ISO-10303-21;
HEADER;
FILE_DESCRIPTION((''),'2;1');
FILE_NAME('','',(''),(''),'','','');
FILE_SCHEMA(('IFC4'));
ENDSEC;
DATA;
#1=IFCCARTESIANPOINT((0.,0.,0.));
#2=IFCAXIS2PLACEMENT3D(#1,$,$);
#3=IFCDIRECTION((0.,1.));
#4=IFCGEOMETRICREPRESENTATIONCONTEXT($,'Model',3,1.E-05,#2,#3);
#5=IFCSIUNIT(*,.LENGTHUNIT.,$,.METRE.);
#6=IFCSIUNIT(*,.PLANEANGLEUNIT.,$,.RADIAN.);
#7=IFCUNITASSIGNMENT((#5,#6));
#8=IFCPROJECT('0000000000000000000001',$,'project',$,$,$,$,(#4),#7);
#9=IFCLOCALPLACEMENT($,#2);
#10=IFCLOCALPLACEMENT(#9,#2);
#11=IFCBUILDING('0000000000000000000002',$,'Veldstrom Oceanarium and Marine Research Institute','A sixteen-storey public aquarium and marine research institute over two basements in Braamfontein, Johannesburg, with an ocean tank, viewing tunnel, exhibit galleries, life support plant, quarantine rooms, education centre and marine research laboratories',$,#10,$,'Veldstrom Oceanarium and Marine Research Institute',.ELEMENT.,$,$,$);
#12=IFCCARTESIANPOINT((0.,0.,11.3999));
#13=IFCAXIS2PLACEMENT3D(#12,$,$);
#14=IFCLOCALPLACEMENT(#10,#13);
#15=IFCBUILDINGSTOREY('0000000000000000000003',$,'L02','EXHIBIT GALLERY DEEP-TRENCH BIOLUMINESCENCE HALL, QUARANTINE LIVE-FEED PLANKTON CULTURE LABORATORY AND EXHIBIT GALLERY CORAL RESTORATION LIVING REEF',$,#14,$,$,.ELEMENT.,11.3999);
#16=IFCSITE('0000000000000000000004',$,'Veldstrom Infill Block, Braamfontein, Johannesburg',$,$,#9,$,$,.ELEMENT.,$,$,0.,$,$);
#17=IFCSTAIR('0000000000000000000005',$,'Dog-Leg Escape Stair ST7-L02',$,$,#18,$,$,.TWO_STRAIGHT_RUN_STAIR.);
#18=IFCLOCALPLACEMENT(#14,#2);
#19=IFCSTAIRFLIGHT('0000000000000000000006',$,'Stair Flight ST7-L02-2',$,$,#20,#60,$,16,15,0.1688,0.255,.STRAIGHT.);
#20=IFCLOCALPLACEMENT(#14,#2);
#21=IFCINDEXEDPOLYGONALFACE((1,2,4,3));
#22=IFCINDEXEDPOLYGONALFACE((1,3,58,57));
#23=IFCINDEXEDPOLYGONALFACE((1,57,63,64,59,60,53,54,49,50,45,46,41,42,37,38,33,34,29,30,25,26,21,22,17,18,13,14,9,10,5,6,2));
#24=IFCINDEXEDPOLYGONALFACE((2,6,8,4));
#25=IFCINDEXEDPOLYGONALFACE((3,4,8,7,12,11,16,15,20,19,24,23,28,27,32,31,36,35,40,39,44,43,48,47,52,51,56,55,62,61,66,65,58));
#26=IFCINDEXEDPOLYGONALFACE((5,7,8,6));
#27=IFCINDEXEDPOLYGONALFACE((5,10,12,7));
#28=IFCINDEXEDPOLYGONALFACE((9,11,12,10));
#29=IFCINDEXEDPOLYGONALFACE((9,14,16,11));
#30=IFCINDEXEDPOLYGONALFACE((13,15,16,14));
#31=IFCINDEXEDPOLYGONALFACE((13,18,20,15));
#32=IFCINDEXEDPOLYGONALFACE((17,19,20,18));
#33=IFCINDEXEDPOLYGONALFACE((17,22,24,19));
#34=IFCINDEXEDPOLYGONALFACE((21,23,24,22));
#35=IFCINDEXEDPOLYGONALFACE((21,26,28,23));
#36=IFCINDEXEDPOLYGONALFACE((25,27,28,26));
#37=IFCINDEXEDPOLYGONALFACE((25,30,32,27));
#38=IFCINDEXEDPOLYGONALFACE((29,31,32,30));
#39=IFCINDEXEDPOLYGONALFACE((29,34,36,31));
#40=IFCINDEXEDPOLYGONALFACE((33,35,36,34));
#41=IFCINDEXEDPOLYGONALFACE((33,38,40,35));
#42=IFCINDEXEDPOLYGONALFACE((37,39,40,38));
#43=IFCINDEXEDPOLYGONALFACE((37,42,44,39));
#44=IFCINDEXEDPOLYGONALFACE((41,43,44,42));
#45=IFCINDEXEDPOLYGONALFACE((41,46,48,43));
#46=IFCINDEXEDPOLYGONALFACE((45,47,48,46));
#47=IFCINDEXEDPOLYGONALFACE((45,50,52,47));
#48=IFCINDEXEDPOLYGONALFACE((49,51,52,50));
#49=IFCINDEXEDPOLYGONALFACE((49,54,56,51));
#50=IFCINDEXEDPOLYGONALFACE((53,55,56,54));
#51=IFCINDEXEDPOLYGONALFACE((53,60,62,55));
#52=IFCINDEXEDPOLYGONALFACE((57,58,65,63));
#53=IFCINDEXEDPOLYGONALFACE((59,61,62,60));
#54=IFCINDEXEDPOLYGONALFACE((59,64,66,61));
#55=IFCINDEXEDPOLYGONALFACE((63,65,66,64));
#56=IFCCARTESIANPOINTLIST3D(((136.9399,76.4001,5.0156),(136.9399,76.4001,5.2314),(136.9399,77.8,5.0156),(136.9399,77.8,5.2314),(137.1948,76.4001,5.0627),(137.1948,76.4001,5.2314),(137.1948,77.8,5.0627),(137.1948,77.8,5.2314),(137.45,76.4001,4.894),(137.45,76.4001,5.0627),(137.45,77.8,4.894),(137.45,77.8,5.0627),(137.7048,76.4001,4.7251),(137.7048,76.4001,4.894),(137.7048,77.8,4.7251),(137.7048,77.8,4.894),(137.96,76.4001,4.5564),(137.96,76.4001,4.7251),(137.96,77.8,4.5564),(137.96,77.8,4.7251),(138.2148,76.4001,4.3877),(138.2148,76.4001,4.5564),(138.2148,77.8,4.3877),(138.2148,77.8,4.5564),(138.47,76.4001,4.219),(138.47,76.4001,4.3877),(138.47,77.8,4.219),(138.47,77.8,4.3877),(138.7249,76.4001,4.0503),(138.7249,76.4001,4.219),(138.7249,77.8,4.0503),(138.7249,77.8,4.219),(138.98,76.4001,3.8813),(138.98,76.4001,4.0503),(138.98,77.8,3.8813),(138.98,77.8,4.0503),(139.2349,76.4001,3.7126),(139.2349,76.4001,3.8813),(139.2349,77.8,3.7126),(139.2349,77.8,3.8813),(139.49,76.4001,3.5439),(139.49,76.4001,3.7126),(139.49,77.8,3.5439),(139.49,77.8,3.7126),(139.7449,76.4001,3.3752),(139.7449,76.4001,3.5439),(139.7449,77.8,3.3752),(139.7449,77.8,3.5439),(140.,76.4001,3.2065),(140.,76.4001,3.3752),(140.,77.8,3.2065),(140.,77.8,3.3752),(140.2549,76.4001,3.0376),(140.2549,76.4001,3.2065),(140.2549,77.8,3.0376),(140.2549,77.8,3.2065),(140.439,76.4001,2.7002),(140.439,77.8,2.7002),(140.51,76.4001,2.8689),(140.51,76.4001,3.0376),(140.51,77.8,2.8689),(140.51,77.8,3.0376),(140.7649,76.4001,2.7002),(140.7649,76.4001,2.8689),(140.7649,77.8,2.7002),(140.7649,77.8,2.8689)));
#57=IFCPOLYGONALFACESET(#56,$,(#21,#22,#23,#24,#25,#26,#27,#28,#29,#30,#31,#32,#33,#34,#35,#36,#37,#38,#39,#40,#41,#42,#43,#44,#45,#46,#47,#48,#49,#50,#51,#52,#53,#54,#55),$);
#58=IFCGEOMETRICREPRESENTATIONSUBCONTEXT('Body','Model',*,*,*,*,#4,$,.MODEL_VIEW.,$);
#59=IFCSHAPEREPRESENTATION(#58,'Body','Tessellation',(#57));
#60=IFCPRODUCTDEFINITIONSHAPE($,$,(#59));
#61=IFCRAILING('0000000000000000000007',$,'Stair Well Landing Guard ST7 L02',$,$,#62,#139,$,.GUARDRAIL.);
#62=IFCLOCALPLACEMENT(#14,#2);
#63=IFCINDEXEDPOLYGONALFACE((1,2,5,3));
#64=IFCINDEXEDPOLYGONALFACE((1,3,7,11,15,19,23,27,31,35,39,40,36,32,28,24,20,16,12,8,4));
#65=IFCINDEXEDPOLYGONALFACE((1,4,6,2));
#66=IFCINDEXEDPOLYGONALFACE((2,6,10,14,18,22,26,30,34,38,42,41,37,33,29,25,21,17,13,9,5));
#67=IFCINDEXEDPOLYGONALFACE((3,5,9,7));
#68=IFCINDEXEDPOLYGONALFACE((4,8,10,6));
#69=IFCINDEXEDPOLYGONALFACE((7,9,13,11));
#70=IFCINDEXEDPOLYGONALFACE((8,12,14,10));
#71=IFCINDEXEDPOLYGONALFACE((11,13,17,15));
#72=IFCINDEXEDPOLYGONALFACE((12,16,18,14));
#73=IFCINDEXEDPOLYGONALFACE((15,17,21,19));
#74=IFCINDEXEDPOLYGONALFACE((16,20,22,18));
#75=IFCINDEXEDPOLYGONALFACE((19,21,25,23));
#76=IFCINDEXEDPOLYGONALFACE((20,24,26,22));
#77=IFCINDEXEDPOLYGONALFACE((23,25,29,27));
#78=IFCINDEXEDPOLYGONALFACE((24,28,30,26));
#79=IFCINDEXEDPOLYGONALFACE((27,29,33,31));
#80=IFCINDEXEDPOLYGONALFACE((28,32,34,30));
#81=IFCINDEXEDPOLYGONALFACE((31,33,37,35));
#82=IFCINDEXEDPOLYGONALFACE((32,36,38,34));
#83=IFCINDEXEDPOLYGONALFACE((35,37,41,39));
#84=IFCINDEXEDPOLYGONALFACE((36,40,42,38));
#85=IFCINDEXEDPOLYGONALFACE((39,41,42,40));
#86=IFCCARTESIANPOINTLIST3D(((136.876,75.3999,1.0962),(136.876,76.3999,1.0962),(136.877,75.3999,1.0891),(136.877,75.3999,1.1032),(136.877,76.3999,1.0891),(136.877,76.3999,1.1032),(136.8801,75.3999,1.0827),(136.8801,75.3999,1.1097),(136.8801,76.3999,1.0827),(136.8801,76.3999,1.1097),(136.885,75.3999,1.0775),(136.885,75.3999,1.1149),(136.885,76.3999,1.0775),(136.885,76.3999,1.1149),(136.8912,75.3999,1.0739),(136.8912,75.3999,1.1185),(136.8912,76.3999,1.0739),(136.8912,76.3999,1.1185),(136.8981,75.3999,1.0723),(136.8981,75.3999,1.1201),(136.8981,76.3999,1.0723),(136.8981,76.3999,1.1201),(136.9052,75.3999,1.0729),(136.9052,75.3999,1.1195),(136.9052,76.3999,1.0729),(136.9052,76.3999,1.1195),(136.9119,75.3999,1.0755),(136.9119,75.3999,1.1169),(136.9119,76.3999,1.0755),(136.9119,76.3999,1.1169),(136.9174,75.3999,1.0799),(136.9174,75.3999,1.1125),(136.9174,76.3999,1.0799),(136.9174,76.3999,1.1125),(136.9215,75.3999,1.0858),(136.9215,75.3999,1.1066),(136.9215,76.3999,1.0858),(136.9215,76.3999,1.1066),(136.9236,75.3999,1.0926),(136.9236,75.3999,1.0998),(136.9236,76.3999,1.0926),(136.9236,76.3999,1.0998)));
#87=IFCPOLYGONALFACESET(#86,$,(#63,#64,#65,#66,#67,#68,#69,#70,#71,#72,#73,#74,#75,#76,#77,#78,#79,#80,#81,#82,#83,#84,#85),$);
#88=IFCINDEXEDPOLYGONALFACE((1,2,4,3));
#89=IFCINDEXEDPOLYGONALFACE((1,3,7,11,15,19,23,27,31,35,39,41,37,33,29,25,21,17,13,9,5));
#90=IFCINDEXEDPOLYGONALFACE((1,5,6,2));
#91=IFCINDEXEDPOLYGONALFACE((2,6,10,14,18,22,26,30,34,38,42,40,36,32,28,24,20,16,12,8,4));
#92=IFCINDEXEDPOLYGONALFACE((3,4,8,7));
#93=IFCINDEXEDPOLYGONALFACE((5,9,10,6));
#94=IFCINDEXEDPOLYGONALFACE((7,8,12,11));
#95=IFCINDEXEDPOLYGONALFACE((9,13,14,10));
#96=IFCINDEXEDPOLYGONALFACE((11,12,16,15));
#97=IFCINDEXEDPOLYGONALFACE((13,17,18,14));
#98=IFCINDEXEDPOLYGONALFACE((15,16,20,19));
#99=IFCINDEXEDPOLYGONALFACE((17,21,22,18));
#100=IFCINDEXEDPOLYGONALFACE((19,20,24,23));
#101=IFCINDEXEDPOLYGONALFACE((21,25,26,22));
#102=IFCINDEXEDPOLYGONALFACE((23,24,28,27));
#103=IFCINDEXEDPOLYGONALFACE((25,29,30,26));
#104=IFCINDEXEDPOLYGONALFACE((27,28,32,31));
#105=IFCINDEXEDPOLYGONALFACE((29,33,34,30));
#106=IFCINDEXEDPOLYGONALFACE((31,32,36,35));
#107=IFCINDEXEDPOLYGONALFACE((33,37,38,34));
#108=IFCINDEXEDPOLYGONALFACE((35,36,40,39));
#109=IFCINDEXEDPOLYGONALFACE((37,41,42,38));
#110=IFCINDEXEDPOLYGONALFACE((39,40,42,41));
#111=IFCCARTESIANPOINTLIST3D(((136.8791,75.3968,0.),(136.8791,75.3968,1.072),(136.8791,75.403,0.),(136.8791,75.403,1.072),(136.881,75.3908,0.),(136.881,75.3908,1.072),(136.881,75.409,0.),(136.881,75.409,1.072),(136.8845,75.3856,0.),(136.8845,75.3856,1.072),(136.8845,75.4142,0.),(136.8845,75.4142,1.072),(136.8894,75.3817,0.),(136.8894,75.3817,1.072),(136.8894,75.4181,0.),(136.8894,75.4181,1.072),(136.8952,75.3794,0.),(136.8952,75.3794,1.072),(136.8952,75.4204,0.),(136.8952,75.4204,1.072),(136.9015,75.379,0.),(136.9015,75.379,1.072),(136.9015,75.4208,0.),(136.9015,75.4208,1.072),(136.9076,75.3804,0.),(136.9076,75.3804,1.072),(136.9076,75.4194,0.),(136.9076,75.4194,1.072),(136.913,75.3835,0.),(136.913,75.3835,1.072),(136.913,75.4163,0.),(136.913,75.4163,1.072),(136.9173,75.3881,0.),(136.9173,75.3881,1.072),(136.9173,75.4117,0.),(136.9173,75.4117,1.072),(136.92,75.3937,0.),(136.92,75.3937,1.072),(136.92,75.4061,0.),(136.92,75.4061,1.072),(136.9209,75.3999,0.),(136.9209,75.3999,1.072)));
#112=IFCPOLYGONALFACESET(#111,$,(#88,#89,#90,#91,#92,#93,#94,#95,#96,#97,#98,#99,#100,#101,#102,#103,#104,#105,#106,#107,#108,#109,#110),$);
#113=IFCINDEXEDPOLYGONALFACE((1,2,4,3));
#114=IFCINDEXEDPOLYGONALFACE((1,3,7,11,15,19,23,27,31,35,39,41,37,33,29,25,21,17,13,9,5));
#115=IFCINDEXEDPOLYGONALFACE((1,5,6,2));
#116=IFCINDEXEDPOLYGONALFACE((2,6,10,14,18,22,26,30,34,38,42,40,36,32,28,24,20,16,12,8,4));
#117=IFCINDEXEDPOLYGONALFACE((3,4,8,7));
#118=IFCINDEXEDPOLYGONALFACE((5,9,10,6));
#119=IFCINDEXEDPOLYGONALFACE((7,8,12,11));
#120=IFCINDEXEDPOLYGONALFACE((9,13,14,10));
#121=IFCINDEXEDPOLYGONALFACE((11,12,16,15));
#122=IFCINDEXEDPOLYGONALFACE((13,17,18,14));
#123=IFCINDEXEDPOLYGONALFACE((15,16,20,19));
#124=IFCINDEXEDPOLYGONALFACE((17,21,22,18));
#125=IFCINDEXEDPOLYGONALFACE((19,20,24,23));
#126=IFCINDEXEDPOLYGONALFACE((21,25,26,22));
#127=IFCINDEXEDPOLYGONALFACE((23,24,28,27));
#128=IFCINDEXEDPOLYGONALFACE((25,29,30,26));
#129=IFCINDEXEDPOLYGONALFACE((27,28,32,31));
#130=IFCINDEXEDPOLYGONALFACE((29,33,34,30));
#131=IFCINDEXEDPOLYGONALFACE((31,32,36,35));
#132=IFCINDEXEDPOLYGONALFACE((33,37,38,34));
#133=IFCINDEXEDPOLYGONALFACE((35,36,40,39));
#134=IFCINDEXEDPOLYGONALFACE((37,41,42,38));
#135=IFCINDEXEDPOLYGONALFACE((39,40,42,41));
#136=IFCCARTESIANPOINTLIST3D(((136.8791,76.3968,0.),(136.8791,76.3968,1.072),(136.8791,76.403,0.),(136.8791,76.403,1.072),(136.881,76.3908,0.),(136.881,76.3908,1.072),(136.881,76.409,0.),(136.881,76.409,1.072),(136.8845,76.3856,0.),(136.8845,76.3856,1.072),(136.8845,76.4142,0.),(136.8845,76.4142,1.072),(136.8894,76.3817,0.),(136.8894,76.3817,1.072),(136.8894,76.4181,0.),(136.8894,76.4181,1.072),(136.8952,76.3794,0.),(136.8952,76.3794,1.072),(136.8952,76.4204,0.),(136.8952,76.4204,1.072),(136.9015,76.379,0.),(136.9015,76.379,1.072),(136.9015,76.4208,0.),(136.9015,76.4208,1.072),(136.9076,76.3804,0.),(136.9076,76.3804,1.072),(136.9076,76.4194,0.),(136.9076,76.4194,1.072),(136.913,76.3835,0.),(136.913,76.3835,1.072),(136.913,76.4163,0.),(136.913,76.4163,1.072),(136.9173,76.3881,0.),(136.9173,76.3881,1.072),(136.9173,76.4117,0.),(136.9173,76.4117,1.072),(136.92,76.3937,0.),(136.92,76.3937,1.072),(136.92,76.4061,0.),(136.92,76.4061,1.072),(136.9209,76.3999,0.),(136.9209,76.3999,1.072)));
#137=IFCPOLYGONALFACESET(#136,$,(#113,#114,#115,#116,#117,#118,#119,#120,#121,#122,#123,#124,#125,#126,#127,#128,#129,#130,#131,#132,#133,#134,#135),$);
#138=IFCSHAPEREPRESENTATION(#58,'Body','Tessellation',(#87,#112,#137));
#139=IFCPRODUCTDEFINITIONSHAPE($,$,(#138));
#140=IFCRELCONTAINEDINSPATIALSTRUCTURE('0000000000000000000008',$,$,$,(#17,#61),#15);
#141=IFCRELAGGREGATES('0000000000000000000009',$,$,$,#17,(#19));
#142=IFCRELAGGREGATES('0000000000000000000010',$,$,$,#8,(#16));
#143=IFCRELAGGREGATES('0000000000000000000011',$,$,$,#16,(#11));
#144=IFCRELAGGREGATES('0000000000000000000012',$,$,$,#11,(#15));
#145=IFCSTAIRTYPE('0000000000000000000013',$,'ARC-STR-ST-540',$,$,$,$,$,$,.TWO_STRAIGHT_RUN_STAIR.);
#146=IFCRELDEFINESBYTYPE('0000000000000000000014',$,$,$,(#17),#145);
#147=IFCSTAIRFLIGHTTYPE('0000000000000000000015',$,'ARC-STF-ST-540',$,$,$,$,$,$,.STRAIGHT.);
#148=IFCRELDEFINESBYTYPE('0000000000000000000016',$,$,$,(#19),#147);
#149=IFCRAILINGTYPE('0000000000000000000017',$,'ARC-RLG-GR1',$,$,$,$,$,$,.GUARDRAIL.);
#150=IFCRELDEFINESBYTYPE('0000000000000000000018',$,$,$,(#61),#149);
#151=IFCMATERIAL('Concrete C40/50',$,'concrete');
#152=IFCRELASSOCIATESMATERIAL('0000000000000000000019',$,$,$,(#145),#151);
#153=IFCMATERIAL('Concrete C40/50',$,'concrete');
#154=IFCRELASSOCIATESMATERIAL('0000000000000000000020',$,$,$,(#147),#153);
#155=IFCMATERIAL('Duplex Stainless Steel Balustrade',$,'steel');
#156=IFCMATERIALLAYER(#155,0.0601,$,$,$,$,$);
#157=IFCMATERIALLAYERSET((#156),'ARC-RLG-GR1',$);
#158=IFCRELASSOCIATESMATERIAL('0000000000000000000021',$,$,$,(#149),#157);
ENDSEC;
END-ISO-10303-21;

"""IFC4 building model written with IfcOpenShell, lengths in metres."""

from ifc_helpers import new_model, si_unit, direction, frame, origin, origin_2d, place, context, subcontext, project, spatial, polyline, circle, outline, extrude, material, layer, layer_set, type_object, element, aggregate, save


model = new_model("IFC4")

# Units and contexts
model_context = context("Model", 3, precision=1e-05, world=origin(), true_north=direction((0.0, 1.0)))
body_context = subcontext(model_context, "Body", "Model", "MODEL_VIEW")
ifc_project = project(units=[si_unit("LENGTHUNIT", "METRE"), si_unit("PLANEANGLEUNIT", "RADIAN")], contexts=[model_context])

# Site, building, storey
site_placement = place(None, origin())
site = spatial("IfcSite", under=ifc_project, at=site_placement, Name="Veldstrom Infill Block, Braamfontein, Johannesburg", CompositionType="ELEMENT", RefElevation=0.0)
building_placement = place(site_placement, origin())
building = spatial("IfcBuilding", under=site, at=building_placement, Name="Veldstrom Oceanarium and Marine Research Institute", Description="A sixteen-storey public aquarium and marine research institute over two basements in Braamfontein, Johannesburg, with an ocean tank, viewing tunnel, exhibit galleries, life support plant, quarantine rooms, education centre and marine research laboratories", LongName="Veldstrom Oceanarium and Marine Research Institute", CompositionType="ELEMENT")
storey_placement = place(building_placement, frame((0.0, 0.0, 11.3999)))
storey = spatial("IfcBuildingStorey", under=building, at=storey_placement, Name="L02", Description="EXHIBIT GALLERY DEEP-TRENCH BIOLUMINESCENCE HALL, QUARANTINE LIVE-FEED PLANKTON CULTURE LABORATORY AND EXHIBIT GALLERY CORAL RESTORATION LIVING REEF", CompositionType="ELEMENT", Elevation=11.3999)

# Stair, stair flight
ifc_material_1 = material(Name="Concrete C40/50", Category="concrete")
stair_type = type_object("IfcStairType", Name="ARC-STR-ST-540", PredefinedType="TWO_STRAIGHT_RUN_STAIR", material=ifc_material_1)
stair_placement = place(storey_placement, origin())
stair = element("IfcStair", 1, at=stair_placement, inside=storey, type_object=stair_type, Name="Dog-Leg Escape Stair ST7-L02", PredefinedType="TWO_STRAIGHT_RUN_STAIR")
ifc_material_2 = material(Name="Concrete C40/50", Category="concrete")
stair_flight_type = type_object("IfcStairFlightType", Name="ARC-STF-ST-540", PredefinedType="STRAIGHT", material=ifc_material_2)
stair_flight_1_placement = place(storey_placement, frame((140.7649, 77.1001, 2.7002), z_axis=(0.0, 0.0, 1.0), x_axis=(-1.0, 0.0, 0.0)))
stair_flight_1 = element("IfcStairFlight", 2, at=stair_flight_1_placement, type_object=stair_flight_type, Name="Stair Flight ST7-L02-2", NumberOfRisers=16, NumberOfTreads=15, PredefinedType="STRAIGHT", RiserHeight=0.1688, TreadLength=0.255, context=body_context, shape_type="SweptSolid", body=[
    extrude(outline(polyline([(0.0, 0.0), (0.0, 0.1687), (0.2549, 0.1687), (0.2549, 0.3374), (0.51, 0.3374), (0.51, 0.5063), (0.7649, 0.5063), (0.7649, 0.675), (1.02, 0.675), (1.02, 0.8438), (1.2749, 0.8438), (1.2749, 1.0125), (1.53, 1.0125), (1.53, 1.1812), (1.7849, 1.1812), (1.7849, 1.3501), (2.04, 1.3501), (2.04, 1.5188), (2.2949, 1.5188), (2.2949, 1.6875), (2.55, 1.6875), (2.55, 1.8562), (2.8049, 1.8562), (2.8049, 2.0249), (3.0601, 2.0249), (3.0601, 2.1938), (3.3149, 2.1938), (3.3149, 2.3625), (3.5701, 2.3625), (3.5701, 2.5312), (3.825, 2.5312), (3.825, 2.7), (3.825, 2.3154), (0.3259, 0.0), (0.0, 0.0)])), frame((0.0, 0.7, 0.0), z_axis=(0.0, -1.0, 0.0), x_axis=(1.0, 0.0, 0.0)), (0.0, 0.0, 1.0), 1.3999),
])
aggregate(stair, [stair_flight_1])

# Railing
ifc_material_3 = material(Name="Duplex Stainless Steel Balustrade", Category="steel")
ifc_layer_1 = layer(ifc_material_3, 0.0601)
ifc_layer_set_1 = layer_set([ifc_layer_1], Name="ARC-RLG-GR1")
railing_type_1 = type_object("IfcRailingType", Name="ARC-RLG-GR1", PredefinedType="GUARDRAIL", material=ifc_layer_set_1)
railing_1_placement = place(storey_placement, frame((136.8999, 75.3999, 0.0)))
element("IfcRailing", 3, at=railing_1_placement, inside=storey, type_object=railing_type_1, Name="Stair Well Landing Guard ST7 L02", PredefinedType="GUARDRAIL", context=body_context, shape_type="SweptSolid", body=[
    extrude(circle(Radius=0.0239, at=origin_2d()), frame((0.0, 0.0, 1.0962), z_axis=(0.0, 1.0, 0.0), x_axis=(-1.0, 0.0, 0.0)), (0.0, 0.0, 1.0), 1.0),
    extrude(circle(Radius=0.021, at=origin_2d()), origin(), (0.0, 0.0, 1.0), 1.072),
    extrude(circle(Radius=0.021, at=origin_2d()), frame((0.0, 1.0, 0.0)), (0.0, 0.0, 1.0), 1.072),
])

save(model, "model.ifc")
